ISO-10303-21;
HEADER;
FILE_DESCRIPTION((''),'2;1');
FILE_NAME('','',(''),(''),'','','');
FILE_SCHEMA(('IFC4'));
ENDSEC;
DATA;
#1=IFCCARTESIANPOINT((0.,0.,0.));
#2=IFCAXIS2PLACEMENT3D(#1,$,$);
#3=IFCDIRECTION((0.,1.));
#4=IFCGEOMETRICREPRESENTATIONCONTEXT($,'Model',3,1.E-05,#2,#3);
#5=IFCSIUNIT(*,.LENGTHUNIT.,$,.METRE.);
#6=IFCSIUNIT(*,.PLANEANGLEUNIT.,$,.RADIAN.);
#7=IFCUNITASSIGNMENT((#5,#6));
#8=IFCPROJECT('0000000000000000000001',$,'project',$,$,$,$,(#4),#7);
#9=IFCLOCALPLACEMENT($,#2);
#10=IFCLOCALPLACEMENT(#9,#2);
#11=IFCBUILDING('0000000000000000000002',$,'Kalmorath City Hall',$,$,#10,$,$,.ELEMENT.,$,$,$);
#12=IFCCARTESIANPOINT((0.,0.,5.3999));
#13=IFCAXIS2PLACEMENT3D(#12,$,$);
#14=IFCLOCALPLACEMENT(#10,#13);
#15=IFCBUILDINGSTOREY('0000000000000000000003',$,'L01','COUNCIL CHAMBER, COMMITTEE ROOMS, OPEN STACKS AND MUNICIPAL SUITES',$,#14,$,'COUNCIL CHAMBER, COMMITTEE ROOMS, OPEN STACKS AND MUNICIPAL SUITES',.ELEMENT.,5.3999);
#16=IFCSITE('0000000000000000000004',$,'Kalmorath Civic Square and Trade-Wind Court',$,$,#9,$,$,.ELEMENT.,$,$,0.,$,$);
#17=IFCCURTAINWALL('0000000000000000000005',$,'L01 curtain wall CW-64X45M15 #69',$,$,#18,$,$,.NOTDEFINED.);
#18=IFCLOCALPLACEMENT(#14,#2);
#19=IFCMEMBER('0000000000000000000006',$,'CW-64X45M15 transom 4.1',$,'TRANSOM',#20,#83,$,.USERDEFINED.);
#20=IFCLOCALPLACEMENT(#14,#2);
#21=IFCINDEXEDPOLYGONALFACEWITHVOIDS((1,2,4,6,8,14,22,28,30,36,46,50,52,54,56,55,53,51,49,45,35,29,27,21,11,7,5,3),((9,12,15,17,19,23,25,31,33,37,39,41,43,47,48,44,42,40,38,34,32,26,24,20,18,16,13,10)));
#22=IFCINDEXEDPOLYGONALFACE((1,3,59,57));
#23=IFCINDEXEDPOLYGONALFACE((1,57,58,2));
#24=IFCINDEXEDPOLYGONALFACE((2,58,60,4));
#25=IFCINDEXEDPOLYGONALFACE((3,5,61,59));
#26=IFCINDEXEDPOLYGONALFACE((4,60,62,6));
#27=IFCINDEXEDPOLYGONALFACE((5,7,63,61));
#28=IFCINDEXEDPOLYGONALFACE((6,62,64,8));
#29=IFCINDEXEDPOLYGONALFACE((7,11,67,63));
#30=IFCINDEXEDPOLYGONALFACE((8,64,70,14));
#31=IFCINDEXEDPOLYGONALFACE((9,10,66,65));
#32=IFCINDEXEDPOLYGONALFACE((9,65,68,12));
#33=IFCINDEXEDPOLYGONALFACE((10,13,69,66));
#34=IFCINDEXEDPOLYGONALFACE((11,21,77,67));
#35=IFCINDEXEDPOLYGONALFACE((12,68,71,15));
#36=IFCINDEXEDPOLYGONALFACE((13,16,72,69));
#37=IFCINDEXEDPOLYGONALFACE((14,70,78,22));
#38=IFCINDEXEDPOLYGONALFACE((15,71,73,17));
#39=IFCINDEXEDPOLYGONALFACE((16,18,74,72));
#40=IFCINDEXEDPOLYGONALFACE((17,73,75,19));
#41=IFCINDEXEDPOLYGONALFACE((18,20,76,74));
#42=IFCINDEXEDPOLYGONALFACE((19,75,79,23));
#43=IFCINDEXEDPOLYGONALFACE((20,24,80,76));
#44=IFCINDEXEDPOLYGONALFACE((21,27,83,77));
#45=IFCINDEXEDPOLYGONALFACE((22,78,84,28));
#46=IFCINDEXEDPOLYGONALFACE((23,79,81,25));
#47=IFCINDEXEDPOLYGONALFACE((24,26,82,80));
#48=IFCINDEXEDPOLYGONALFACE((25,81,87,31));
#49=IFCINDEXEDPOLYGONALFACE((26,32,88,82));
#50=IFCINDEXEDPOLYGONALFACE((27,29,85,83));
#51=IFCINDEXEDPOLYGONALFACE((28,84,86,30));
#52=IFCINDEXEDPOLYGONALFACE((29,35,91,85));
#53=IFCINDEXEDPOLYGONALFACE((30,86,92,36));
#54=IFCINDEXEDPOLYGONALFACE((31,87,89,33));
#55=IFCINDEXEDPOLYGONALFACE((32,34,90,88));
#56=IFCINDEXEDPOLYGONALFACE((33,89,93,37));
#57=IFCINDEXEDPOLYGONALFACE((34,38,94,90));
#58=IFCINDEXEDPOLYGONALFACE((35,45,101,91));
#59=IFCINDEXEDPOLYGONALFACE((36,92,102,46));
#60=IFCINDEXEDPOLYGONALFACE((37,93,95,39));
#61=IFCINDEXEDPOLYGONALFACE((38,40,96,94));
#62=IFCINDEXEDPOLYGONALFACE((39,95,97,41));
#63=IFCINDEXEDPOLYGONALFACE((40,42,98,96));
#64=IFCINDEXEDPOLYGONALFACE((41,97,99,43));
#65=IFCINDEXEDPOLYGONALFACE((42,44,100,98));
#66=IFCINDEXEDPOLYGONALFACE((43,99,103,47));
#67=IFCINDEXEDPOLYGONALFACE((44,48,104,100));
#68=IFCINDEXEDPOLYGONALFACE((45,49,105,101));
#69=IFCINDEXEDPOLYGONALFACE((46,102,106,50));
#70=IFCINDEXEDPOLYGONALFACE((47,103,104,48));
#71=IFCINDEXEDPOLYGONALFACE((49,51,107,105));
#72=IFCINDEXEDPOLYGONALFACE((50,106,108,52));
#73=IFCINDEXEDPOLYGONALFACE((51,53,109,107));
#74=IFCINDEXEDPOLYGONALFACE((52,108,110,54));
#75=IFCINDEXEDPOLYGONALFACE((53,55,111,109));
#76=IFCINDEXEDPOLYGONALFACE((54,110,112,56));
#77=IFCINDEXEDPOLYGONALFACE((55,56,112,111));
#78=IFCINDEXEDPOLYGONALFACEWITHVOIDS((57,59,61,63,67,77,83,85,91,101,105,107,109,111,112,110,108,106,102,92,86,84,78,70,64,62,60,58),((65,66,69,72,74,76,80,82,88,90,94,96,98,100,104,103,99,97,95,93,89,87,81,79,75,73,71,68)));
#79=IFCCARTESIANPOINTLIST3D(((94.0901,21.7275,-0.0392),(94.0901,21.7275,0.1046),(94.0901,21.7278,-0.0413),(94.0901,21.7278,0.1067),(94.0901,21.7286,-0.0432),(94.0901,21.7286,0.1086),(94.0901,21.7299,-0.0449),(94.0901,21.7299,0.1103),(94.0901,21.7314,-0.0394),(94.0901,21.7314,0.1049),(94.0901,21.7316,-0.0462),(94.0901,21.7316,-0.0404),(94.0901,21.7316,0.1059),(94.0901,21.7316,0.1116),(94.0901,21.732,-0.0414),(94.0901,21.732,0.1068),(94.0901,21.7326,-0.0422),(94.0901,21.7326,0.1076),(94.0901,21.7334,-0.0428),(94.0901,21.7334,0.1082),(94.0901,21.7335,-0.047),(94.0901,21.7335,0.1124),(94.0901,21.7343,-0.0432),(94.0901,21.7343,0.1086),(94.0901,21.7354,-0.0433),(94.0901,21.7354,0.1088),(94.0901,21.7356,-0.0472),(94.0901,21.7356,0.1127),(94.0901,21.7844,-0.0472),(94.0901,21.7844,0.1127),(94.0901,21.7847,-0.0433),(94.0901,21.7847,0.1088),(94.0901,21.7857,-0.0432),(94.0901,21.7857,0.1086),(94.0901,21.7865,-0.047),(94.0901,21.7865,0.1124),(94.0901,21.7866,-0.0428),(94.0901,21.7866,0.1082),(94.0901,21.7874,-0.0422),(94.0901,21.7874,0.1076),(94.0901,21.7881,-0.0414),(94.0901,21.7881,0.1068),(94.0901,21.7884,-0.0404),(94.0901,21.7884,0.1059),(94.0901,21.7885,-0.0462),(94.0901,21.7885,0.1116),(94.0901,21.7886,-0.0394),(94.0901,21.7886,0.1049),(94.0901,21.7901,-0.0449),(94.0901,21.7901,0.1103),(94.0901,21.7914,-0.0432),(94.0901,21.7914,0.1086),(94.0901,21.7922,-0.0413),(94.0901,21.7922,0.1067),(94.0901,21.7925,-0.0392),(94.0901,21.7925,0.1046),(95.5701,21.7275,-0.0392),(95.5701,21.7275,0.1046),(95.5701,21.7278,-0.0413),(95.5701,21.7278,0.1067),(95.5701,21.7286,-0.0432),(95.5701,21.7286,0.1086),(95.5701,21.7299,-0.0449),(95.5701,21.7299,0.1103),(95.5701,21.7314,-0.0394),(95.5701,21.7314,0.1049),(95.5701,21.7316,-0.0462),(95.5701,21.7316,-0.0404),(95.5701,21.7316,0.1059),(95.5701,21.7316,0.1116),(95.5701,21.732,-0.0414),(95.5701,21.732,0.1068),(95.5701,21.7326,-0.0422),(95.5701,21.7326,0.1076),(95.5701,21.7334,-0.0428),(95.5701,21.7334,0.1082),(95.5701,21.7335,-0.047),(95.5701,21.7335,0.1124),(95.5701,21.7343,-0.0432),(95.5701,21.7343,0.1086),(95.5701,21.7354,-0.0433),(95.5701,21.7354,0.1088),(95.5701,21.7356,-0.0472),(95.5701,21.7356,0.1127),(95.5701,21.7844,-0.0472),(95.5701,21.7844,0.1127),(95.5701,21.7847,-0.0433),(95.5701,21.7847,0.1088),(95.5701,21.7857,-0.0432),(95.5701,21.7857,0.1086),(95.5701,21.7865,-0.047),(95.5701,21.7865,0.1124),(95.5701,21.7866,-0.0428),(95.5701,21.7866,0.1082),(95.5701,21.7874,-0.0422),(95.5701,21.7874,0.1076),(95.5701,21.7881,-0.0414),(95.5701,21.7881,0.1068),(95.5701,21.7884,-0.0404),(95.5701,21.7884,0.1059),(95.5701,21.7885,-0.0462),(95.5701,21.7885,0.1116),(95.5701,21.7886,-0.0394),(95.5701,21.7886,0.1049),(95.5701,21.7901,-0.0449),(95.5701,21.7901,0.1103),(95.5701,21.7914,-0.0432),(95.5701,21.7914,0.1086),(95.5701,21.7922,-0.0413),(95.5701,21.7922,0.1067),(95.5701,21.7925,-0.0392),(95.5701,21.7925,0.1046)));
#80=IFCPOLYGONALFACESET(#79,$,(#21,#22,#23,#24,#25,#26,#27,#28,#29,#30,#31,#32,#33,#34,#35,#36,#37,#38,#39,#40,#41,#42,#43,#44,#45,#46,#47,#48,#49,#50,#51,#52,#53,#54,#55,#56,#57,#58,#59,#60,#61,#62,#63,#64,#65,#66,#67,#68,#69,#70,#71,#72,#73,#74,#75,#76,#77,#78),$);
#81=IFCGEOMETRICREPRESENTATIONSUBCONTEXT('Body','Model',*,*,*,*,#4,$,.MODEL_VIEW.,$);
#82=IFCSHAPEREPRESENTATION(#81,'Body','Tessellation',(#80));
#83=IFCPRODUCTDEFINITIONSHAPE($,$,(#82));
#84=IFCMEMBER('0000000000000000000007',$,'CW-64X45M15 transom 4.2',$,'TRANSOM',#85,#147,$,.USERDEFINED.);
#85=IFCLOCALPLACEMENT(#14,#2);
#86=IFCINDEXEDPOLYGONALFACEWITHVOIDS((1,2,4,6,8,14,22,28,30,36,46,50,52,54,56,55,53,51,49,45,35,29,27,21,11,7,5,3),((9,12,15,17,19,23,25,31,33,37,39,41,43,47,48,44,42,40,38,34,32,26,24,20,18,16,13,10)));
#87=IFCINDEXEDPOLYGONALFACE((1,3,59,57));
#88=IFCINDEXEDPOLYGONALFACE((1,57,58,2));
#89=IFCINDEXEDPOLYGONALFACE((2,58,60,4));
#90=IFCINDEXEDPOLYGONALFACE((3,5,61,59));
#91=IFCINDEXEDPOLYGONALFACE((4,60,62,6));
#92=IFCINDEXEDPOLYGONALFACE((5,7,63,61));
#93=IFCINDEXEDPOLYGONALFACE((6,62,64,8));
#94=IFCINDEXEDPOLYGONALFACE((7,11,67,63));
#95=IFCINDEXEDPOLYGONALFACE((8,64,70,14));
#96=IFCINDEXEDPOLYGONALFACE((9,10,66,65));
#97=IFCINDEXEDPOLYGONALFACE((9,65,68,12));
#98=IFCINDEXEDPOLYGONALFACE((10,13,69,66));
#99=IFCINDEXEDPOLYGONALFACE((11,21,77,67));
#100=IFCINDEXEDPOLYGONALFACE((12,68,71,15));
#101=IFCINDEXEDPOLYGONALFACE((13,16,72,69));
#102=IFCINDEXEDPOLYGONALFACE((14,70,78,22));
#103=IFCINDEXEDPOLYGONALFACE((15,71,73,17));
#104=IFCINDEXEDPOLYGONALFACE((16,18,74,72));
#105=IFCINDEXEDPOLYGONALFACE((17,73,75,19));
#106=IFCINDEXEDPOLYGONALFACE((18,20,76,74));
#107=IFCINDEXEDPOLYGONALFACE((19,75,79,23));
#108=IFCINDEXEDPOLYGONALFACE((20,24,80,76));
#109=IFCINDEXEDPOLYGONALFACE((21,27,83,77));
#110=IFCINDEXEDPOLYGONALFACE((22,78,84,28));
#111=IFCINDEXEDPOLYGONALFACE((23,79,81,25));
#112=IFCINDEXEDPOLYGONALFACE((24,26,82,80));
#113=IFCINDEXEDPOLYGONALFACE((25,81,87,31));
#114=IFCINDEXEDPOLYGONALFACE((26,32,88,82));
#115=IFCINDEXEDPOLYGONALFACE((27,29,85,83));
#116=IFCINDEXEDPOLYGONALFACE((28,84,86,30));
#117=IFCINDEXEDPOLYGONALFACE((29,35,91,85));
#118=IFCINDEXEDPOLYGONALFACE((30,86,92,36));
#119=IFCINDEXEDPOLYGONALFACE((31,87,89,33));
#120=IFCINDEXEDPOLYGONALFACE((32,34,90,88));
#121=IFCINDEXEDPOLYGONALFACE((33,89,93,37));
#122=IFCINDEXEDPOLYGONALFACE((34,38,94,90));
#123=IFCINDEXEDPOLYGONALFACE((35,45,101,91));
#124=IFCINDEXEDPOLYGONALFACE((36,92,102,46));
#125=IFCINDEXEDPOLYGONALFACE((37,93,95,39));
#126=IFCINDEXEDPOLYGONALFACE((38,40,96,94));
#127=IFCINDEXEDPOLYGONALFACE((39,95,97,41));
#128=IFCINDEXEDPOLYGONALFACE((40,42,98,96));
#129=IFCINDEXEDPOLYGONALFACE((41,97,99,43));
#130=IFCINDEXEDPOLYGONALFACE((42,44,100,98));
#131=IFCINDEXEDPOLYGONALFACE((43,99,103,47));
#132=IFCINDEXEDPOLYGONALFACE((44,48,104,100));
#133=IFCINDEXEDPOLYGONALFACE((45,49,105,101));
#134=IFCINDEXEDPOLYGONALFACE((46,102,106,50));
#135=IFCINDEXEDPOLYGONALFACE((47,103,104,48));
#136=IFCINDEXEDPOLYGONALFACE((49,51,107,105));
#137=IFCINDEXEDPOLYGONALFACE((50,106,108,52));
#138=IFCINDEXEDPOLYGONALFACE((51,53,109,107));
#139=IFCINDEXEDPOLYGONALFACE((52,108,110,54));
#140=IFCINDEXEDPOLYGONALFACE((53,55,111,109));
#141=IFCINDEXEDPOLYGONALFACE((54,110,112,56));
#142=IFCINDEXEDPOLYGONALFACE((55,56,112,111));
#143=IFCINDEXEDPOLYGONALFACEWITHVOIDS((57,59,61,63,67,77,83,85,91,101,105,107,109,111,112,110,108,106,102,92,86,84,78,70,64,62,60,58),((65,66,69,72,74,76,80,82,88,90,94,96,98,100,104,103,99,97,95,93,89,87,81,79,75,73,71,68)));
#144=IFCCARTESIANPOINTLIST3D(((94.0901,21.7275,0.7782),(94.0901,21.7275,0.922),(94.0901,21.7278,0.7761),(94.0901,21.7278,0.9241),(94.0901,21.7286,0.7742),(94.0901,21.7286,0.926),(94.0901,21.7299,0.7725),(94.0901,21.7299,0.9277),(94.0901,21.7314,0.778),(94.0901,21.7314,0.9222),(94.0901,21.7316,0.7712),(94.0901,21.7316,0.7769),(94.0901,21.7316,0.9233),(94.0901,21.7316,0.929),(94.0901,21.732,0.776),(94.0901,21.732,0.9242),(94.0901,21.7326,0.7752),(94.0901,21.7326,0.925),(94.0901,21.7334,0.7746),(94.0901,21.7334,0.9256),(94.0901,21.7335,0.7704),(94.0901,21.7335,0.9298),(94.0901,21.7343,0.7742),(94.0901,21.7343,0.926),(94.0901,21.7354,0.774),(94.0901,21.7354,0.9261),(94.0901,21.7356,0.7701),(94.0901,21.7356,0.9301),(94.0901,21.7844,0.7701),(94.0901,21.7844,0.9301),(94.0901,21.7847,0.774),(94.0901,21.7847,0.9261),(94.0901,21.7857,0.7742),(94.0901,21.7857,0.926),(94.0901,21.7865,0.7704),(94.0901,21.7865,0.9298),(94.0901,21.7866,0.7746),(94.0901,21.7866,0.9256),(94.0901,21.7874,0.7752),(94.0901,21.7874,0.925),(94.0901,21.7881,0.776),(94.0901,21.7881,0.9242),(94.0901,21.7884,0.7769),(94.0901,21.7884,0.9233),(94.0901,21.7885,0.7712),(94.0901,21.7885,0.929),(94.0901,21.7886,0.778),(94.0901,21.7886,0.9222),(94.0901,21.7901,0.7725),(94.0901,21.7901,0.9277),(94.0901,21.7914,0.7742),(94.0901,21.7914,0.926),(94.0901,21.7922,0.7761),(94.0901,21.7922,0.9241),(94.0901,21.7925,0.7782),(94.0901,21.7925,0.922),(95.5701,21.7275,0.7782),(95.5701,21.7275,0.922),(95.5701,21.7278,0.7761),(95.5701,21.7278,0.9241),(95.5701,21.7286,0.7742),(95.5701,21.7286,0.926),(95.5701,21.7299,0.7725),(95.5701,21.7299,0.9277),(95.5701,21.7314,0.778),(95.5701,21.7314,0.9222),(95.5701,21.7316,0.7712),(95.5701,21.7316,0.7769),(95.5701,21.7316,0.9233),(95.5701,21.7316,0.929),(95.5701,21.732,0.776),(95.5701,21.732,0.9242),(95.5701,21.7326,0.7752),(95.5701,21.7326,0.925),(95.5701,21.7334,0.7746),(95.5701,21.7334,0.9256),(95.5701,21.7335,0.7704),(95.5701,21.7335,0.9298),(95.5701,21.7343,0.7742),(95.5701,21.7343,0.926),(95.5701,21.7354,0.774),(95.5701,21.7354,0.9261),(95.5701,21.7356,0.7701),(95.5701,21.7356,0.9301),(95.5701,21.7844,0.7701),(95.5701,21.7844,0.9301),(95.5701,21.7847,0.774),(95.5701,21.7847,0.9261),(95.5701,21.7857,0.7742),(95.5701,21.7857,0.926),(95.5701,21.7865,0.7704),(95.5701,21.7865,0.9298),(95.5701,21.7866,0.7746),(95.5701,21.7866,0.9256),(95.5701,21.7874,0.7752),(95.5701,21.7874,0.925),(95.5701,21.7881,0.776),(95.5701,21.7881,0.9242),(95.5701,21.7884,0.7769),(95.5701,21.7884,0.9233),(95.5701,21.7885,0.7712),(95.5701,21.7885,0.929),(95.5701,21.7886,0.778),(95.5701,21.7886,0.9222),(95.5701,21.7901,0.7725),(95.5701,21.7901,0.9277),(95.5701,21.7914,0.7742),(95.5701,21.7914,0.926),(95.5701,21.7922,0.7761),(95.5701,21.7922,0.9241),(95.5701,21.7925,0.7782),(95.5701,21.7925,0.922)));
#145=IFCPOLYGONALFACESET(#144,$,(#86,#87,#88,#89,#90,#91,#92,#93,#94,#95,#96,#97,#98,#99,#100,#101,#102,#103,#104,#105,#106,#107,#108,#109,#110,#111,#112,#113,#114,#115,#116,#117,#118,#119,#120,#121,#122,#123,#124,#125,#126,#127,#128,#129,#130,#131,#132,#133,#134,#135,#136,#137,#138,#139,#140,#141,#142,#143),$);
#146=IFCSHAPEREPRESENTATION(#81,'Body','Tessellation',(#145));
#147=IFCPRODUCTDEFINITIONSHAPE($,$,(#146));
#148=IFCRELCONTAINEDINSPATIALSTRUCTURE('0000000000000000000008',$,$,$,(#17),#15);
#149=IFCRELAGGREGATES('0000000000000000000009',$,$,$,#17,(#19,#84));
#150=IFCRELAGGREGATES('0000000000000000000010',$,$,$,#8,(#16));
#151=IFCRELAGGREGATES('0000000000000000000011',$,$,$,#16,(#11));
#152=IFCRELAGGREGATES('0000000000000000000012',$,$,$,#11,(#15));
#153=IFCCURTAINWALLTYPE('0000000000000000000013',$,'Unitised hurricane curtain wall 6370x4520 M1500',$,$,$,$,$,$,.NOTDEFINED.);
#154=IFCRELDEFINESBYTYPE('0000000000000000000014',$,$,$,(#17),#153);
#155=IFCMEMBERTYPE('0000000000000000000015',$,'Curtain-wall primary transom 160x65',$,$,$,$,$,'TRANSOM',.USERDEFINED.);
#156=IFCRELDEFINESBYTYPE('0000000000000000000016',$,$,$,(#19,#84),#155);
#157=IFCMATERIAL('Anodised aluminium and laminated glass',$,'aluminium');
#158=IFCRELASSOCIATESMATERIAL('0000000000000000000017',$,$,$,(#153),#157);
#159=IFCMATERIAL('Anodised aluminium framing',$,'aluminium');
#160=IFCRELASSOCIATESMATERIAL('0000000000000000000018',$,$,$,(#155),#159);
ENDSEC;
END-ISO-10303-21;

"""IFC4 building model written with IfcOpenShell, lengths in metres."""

from ifc_helpers import new_model, si_unit, direction, frame, origin, origin_2d, place, context, subcontext, project, spatial, hollow_rectangle, extrude, material, material_profile, profile_set, type_object, element, aggregate, save


model = new_model("IFC4")

# Units and contexts
model_context = context("Model", 3, precision=1e-05, world=origin(), true_north=direction((0.0, 1.0)))
body_context = subcontext(model_context, "Body", "Model", "MODEL_VIEW")
ifc_project = project(units=[si_unit("LENGTHUNIT", "METRE"), si_unit("PLANEANGLEUNIT", "RADIAN")], contexts=[model_context])

# Site, building, storey
site_placement = place(None, origin())
site = spatial("IfcSite", under=ifc_project, at=site_placement, Name="Kalmorath Civic Square and Trade-Wind Court", CompositionType="ELEMENT", RefElevation=0.0)
building_placement = place(site_placement, origin())
building = spatial("IfcBuilding", under=site, at=building_placement, Name="Kalmorath City Hall", CompositionType="ELEMENT")
storey_placement = place(building_placement, frame((0.0, 0.0, 5.3999)))
storey = spatial("IfcBuildingStorey", under=building, at=storey_placement, Name="L01", Description="COUNCIL CHAMBER, COMMITTEE ROOMS, OPEN STACKS AND MUNICIPAL SUITES", LongName="COUNCIL CHAMBER, COMMITTEE ROOMS, OPEN STACKS AND MUNICIPAL SUITES", CompositionType="ELEMENT", Elevation=5.3999)

# Curtain wall
ifc_material_1 = material(Name="Anodised aluminium and laminated glass", Category="aluminium")
curtain_wall_type_1 = type_object("IfcCurtainWallType", Name="Unitised hurricane curtain wall 6370x4520 M1500", PredefinedType="NOTDEFINED", material=ifc_material_1)
curtain_wall_1_placement = place(storey_placement, origin())
curtain_wall_1 = element("IfcCurtainWall", 1, at=curtain_wall_1_placement, inside=storey, type_object=curtain_wall_type_1, Name="L01 curtain wall CW-64X45M15 #69", PredefinedType="NOTDEFINED")

# Members
ifc_material_2 = material(Name="Anodised aluminium framing", Category="aluminium")
ifc_material_profile_1 = material_profile(ifc_material_2, hollow_rectangle(XDim=0.0649, YDim=0.1599, WallThickness=0.0039, InnerFilletRadius=0.0039, OuterFilletRadius=0.0081, at=origin_2d()), Name="ALU-TRN-160X65X4")
ifc_profile_set_1 = profile_set([ifc_material_profile_1], Name="Anodised aluminium framing")
member_type_1 = type_object("IfcMemberType", Name="Curtain-wall primary transom 160x65", ElementType="TRANSOM", PredefinedType="USERDEFINED", material=ifc_profile_set_1)
member_1_placement = place(storey_placement, frame((95.5701, 21.76, 0.0327), z_axis=(-1.0, 0.0, 0.0), x_axis=(0.0, -1.0, 0.0)))
member_1 = element("IfcMember", 2, at=member_1_placement, type_object=member_type_1, Name="CW-64X45M15 transom 4.1", ObjectType="TRANSOM", PredefinedType="USERDEFINED", context=body_context, shape_type="SweptSolid", body=[
    extrude(hollow_rectangle(XDim=0.0649, YDim=0.1599, WallThickness=0.0039, InnerFilletRadius=0.0039, OuterFilletRadius=0.0081, at=origin_2d()), origin(), (0.0, 0.0, 1.0), 1.48),
])
member_2_placement = place(storey_placement, frame((95.5701, 21.76, 0.8501), z_axis=(-1.0, 0.0, 0.0), x_axis=(0.0, -1.0, 0.0)))
member_2 = element("IfcMember", 3, at=member_2_placement, type_object=member_type_1, Name="CW-64X45M15 transom 4.2", ObjectType="TRANSOM", PredefinedType="USERDEFINED", context=body_context, shape_type="SweptSolid", body=[
    extrude(hollow_rectangle(XDim=0.0649, YDim=0.1599, WallThickness=0.0039, InnerFilletRadius=0.0039, OuterFilletRadius=0.0081, at=origin_2d()), origin(), (0.0, 0.0, 1.0), 1.48),
])

aggregate(curtain_wall_1, [member_1, member_2])

save(model, "model.ifc")
